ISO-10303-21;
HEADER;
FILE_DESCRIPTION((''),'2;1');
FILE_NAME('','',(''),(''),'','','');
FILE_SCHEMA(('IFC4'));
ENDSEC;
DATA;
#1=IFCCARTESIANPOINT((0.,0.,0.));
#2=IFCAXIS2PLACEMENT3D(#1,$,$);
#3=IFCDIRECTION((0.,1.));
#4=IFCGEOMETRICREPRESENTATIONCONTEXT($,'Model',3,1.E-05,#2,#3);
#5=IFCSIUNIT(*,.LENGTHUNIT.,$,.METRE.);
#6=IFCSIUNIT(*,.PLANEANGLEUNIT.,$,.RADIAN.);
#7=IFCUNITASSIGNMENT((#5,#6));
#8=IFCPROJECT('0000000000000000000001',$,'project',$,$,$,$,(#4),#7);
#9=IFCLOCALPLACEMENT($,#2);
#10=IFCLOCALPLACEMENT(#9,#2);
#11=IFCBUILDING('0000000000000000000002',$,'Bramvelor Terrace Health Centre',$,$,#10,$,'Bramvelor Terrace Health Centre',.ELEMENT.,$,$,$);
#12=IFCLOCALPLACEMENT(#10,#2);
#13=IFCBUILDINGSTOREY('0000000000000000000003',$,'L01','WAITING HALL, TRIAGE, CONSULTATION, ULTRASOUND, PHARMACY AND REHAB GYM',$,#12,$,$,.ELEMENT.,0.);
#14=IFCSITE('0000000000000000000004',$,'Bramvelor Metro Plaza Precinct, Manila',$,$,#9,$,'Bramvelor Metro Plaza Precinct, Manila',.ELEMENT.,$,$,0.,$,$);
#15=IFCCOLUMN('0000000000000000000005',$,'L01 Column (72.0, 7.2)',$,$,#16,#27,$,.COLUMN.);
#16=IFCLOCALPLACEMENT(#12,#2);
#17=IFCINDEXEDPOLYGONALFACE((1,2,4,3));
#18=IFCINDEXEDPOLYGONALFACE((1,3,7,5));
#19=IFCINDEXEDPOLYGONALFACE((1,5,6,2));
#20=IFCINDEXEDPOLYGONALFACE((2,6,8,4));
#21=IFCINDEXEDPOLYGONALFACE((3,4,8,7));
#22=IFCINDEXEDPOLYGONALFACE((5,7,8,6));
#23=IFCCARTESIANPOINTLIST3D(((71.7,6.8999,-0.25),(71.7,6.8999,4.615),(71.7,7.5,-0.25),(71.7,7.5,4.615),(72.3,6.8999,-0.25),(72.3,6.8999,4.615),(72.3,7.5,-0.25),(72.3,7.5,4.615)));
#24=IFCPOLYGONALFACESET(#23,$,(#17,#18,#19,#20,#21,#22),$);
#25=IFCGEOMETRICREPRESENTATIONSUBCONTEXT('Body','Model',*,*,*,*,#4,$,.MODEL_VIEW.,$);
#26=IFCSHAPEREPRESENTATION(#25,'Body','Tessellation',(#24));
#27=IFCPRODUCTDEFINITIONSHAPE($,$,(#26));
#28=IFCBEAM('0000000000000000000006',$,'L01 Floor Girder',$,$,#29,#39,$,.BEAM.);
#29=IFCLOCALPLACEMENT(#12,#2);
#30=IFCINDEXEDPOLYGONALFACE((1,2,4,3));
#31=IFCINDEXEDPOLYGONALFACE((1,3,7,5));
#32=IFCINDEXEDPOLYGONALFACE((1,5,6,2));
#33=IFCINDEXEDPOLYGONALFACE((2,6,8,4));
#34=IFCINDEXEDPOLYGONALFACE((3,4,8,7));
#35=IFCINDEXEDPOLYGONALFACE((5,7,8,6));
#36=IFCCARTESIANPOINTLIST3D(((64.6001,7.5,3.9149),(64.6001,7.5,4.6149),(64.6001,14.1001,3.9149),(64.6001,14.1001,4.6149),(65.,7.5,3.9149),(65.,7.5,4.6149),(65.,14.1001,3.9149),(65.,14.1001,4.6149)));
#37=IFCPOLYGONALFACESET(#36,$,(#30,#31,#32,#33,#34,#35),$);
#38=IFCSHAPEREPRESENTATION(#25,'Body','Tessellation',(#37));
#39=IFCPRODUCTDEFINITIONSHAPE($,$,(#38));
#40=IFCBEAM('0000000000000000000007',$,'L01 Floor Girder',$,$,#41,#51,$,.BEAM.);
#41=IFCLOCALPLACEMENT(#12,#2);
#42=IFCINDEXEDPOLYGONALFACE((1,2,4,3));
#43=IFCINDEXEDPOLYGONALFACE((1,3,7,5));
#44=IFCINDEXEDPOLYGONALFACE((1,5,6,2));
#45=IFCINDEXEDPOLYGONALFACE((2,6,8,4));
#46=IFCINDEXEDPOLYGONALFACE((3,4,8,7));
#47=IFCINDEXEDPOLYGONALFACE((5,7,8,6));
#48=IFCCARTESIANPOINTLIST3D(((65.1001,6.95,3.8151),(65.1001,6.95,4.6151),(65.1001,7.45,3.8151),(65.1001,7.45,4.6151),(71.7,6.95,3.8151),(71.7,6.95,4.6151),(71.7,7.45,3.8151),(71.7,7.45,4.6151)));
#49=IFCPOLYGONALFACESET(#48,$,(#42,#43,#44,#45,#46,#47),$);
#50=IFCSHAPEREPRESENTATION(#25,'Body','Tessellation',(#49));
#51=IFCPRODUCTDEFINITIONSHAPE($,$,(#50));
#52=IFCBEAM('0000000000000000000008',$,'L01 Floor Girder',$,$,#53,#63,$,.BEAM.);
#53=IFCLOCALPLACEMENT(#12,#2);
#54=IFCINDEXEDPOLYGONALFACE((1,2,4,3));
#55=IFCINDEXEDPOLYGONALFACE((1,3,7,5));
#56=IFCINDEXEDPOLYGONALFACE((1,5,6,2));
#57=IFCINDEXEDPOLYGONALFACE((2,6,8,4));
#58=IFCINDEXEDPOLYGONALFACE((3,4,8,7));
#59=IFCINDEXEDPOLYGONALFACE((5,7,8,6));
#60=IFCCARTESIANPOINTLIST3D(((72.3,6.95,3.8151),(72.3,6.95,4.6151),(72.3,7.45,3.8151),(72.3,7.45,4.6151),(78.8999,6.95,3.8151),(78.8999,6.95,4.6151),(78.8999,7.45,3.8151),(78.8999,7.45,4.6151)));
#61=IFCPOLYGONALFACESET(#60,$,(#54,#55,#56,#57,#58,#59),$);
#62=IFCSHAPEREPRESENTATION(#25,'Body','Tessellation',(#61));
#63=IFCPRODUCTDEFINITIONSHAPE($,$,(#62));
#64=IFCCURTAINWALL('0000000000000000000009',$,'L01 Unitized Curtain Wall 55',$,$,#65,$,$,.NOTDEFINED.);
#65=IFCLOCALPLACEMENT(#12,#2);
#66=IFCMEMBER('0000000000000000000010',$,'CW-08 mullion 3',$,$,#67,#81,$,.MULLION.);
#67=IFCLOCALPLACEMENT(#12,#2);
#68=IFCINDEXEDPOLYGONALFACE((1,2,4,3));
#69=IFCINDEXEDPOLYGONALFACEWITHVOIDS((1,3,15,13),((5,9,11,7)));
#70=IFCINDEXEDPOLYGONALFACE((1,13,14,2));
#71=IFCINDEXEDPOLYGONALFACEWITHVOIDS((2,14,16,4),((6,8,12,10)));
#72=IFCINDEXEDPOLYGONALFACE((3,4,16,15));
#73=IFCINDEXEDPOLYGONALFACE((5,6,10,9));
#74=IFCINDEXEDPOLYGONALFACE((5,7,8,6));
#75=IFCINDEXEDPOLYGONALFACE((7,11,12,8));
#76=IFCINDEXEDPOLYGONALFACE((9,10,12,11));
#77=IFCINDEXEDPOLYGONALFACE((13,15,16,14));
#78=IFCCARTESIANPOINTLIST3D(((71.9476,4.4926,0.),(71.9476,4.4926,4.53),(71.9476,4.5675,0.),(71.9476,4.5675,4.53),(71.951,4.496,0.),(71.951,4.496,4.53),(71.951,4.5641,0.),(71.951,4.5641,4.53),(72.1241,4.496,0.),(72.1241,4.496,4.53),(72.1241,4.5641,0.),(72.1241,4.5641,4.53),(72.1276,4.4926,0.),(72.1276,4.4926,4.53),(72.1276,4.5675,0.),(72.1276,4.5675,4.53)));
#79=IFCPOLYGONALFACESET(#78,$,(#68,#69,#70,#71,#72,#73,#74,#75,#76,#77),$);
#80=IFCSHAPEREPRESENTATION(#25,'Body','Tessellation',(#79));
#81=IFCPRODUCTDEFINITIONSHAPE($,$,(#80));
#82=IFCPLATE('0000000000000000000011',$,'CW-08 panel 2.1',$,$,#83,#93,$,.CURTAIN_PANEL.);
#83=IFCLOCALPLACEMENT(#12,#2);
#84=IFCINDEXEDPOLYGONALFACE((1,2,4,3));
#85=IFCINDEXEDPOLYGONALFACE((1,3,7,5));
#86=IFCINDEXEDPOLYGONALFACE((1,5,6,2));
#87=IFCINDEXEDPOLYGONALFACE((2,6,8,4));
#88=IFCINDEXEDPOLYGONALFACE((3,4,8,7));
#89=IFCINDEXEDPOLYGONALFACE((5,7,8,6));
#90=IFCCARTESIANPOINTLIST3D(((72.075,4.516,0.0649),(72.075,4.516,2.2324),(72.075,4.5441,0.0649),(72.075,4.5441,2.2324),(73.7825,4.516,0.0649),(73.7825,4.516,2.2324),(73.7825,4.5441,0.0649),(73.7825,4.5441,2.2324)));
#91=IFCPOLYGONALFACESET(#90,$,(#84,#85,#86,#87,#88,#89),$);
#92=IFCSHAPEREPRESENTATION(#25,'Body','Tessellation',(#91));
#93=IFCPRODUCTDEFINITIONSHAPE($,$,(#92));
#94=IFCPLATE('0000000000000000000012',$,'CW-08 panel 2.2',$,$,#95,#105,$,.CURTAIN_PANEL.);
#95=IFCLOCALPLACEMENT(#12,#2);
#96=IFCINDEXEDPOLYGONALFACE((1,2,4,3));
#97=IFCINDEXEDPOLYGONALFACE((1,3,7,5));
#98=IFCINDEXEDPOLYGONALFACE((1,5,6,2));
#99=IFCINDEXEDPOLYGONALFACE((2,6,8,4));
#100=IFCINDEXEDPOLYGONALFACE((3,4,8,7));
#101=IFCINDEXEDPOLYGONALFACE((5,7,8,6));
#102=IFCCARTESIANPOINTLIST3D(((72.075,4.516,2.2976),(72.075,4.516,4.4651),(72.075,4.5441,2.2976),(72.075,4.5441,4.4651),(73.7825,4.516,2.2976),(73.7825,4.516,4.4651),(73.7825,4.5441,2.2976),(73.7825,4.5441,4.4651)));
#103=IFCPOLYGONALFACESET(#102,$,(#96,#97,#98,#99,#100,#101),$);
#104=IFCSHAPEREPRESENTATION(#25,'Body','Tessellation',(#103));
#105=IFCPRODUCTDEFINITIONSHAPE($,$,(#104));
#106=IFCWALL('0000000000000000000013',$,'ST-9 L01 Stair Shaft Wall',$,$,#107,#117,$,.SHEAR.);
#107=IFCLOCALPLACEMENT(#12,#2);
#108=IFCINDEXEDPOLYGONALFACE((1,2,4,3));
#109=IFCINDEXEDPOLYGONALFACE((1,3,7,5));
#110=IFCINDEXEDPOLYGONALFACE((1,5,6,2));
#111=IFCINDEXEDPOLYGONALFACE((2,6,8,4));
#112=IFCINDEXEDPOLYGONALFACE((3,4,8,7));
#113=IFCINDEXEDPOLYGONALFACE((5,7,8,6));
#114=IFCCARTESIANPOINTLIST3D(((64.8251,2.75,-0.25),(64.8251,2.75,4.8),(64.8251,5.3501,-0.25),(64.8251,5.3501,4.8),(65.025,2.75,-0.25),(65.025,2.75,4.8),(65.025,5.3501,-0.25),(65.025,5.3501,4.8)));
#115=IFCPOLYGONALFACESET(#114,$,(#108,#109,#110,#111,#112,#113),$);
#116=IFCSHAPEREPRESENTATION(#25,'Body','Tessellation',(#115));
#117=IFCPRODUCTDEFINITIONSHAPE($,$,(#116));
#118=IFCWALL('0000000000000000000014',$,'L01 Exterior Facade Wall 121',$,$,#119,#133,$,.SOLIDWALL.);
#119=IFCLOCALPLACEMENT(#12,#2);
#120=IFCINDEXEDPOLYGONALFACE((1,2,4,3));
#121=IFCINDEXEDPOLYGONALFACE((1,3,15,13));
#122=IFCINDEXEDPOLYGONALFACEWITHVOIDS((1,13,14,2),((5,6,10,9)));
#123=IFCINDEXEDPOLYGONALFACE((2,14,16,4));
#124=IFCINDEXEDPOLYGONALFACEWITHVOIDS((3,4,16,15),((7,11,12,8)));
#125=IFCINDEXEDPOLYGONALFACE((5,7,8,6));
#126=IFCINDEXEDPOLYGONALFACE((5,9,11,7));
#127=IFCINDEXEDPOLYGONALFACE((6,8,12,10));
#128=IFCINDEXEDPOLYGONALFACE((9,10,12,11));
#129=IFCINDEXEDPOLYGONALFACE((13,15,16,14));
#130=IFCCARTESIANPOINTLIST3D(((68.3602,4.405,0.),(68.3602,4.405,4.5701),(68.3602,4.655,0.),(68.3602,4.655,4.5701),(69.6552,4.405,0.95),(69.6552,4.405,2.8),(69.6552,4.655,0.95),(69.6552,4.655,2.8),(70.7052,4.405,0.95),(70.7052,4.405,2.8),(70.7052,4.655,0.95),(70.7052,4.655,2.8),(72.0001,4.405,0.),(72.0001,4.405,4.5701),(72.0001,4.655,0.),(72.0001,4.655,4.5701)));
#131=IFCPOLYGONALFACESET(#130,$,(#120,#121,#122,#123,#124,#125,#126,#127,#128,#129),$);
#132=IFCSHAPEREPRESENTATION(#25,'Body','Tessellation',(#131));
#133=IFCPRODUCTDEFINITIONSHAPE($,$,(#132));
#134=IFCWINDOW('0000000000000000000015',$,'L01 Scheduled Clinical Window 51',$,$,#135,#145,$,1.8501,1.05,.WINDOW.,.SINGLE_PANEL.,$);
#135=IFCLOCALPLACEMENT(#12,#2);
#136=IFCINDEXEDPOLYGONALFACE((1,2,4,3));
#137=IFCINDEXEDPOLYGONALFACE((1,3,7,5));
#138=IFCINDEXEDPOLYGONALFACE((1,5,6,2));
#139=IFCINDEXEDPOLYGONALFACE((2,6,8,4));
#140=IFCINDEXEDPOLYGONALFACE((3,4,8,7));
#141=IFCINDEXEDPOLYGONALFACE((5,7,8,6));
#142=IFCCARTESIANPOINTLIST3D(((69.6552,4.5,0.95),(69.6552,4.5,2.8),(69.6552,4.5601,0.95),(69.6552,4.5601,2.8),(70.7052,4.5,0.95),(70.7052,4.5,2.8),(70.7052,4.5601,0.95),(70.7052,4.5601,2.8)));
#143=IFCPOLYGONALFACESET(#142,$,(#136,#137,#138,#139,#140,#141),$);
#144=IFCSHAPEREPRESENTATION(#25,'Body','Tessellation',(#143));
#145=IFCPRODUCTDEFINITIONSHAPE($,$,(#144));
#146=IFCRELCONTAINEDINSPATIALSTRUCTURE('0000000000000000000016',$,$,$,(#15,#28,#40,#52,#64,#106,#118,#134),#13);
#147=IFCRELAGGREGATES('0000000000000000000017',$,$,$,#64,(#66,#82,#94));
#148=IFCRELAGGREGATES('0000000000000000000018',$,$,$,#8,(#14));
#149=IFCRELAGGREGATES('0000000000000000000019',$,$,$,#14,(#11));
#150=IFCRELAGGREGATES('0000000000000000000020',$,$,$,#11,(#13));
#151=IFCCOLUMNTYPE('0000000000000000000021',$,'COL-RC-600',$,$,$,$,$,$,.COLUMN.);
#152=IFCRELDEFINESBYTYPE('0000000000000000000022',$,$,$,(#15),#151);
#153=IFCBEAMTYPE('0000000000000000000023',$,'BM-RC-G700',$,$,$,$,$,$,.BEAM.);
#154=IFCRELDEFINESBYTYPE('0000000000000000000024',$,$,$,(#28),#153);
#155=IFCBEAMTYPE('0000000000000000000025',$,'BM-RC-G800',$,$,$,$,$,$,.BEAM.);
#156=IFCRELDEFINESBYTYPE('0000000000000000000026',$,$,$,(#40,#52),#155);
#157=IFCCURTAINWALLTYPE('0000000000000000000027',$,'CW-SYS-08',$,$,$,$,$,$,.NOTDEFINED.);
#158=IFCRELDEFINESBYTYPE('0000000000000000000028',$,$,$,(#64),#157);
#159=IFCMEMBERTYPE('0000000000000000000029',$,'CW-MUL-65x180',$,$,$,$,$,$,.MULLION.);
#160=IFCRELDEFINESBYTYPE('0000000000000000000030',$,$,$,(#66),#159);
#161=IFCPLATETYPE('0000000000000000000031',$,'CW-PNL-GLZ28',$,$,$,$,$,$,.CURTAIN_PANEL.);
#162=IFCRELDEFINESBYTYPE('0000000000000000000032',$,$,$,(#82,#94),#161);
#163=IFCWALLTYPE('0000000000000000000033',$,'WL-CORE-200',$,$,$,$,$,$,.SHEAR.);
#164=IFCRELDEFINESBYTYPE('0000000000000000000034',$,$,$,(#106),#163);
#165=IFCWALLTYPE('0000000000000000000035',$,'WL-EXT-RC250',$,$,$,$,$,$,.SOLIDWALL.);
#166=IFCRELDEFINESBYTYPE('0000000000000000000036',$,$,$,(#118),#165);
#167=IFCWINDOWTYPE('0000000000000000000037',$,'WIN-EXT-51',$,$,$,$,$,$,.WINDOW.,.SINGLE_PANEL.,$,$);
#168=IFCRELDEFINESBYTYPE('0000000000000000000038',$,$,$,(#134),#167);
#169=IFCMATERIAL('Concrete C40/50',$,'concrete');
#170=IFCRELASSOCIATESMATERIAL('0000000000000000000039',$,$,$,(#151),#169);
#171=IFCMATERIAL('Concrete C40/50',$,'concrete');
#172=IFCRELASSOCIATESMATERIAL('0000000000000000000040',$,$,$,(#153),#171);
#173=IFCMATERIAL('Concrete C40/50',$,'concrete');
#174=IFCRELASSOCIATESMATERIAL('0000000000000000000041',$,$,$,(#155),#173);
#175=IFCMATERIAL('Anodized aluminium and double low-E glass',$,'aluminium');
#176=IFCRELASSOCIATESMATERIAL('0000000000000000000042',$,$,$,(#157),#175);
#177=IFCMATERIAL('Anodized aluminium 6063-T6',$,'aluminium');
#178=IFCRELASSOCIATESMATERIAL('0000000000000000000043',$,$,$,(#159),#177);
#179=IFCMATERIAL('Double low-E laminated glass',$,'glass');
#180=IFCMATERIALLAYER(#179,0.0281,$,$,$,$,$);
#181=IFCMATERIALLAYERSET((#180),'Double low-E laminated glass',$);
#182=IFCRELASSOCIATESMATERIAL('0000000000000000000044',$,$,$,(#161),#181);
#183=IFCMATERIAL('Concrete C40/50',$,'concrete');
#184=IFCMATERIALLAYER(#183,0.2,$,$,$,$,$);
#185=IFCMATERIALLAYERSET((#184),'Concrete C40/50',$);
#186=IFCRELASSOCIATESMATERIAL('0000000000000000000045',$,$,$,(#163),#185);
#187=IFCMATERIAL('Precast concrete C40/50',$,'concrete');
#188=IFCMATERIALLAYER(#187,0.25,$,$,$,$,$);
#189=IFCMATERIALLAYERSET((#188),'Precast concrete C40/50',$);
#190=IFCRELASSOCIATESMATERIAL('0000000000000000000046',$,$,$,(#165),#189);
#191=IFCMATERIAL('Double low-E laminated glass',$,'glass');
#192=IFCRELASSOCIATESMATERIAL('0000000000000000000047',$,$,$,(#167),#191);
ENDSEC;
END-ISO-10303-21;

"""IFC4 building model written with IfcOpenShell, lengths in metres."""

from ifc_helpers import new_model, si_unit, direction, frame, frame_2d, origin, origin_2d, place, context, subcontext, project, spatial, rectangle, hollow_rectangle, extrude, material, layer, layer_set, material_profile, profile_set, type_object, element, fill, aggregate, save


model = new_model("IFC4")

# Units and contexts
model_context = context("Model", 3, precision=1e-05, world=origin(), true_north=direction((0.0, 1.0)))
body_context = subcontext(model_context, "Body", "Model", "MODEL_VIEW")
ifc_project = project(units=[si_unit("LENGTHUNIT", "METRE"), si_unit("PLANEANGLEUNIT", "RADIAN")], contexts=[model_context])

# Site, building, storey
site_placement = place(None, origin())
site = spatial("IfcSite", under=ifc_project, at=site_placement, Name="Bramvelor Metro Plaza Precinct, Manila", LongName="Bramvelor Metro Plaza Precinct, Manila", CompositionType="ELEMENT", RefElevation=0.0)
building_placement = place(site_placement, origin())
building = spatial("IfcBuilding", under=site, at=building_placement, Name="Bramvelor Terrace Health Centre", LongName="Bramvelor Terrace Health Centre", CompositionType="ELEMENT")
storey_placement = place(building_placement, origin())
storey = spatial("IfcBuildingStorey", under=building, at=storey_placement, Name="L01", Description="WAITING HALL, TRIAGE, CONSULTATION, ULTRASOUND, PHARMACY AND REHAB GYM", CompositionType="ELEMENT", Elevation=0.0)

# Column
ifc_material_1 = material(Name="Concrete C40/50", Category="concrete")
ifc_material_profile_1 = material_profile(ifc_material_1, rectangle(XDim=0.6001, YDim=0.6001, at=origin_2d()), Name="RC 600x600")
ifc_profile_set_1 = profile_set([ifc_material_profile_1], Name="Concrete C40/50")
column_type = type_object("IfcColumnType", Name="COL-RC-600", PredefinedType="COLUMN", material=ifc_profile_set_1)
for number, where, z_axis, x_axis, name in (
    (1, (72.0, 7.2, -0.25), (0.0, 0.0, 1.0), (1.0, 0.0, 0.0), "L01 Column (72.0, 7.2)"),
):
    element("IfcColumn", number, at=place(storey_placement, frame(where, z_axis=z_axis, x_axis=x_axis)), inside=storey, type_object=column_type, Name=name, PredefinedType="COLUMN", context=body_context, shape_type="SweptSolid", body=[
        extrude(rectangle(XDim=0.6001, YDim=0.6001, at=origin_2d()), origin(), (0.0, 0.0, 1.0), 4.865),
    ])

# Beams
ifc_material_2 = material(Name="Concrete C40/50", Category="concrete")
ifc_material_profile_2 = material_profile(ifc_material_2, rectangle(XDim=0.3999, YDim=0.7, at=origin_2d()), Name="RC 400x700")
ifc_profile_set_2 = profile_set([ifc_material_profile_2], Name="Concrete C40/50")
beam_type_1 = type_object("IfcBeamType", Name="BM-RC-G700", PredefinedType="BEAM", material=ifc_profile_set_2)
beam_placement = place(storey_placement, frame((64.8, 7.5, 4.2649), z_axis=(0.0, 1.0, 0.0), x_axis=(-1.0, 0.0, 0.0)))
element("IfcBeam", 2, at=beam_placement, inside=storey, type_object=beam_type_1, Name="L01 Floor Girder", PredefinedType="BEAM", context=body_context, shape_type="SweptSolid", body=[
    extrude(rectangle(XDim=0.3999, YDim=0.7, at=origin_2d()), origin(), (0.0, 0.0, 1.0), 6.6001),
])
ifc_material_3 = material(Name="Concrete C40/50", Category="concrete")
ifc_material_profile_3 = material_profile(ifc_material_3, rectangle(XDim=0.5, YDim=0.8, at=origin_2d()), Name="RC 500x800")
ifc_profile_set_3 = profile_set([ifc_material_profile_3], Name="Concrete C40/50")
beam_type_2 = type_object("IfcBeamType", Name="BM-RC-G800", PredefinedType="BEAM", material=ifc_profile_set_3)
for number, where, z_axis, x_axis, name in (
    (3, (65.1001, 7.2, 4.2151), (1.0, 0.0, 0.0), (0.0, 1.0, 0.0), "L01 Floor Girder"),
    (4, (72.3, 7.2, 4.2151), (1.0, 0.0, 0.0), (0.0, 1.0, 0.0), "L01 Floor Girder"),
):
    element("IfcBeam", number, at=place(storey_placement, frame(where, z_axis=z_axis, x_axis=x_axis)), inside=storey, type_object=beam_type_2, Name=name, PredefinedType="BEAM", context=body_context, shape_type="SweptSolid", body=[
        extrude(rectangle(XDim=0.5, YDim=0.8, at=origin_2d()), origin(), (0.0, 0.0, 1.0), 6.5999),
    ])

# Curtain wall, member, plates
ifc_material_4 = material(Name="Anodized aluminium and double low-E glass", Category="aluminium")
curtain_wall_type = type_object("IfcCurtainWallType", Name="CW-SYS-08", PredefinedType="NOTDEFINED", material=ifc_material_4)
curtain_wall_placement = place(storey_placement, origin())
curtain_wall = element("IfcCurtainWall", 5, at=curtain_wall_placement, inside=storey, type_object=curtain_wall_type, Name="L01 Unitized Curtain Wall 55", PredefinedType="NOTDEFINED")
ifc_material_5 = material(Name="Anodized aluminium 6063-T6", Category="aluminium")
ifc_material_profile_4 = material_profile(ifc_material_5, hollow_rectangle(XDim=0.075, YDim=0.1799, WallThickness=0.0034, at=origin_2d()), Name="ALU-MUL 75x180x3.5")
ifc_profile_set_4 = profile_set([ifc_material_profile_4], Name="Anodized aluminium 6063-T6")
member_type = type_object("IfcMemberType", Name="CW-MUL-65x180", PredefinedType="MULLION", material=ifc_profile_set_4)
member_placement = place(storey_placement, frame((72.0376, 4.53, 0.0), z_axis=(0.0, 0.0, 1.0), x_axis=(0.0, -1.0, 0.0)))
member = element("IfcMember", 6, at=member_placement, type_object=member_type, Name="CW-08 mullion 3", PredefinedType="MULLION", context=body_context, shape_type="SweptSolid", body=[
    extrude(hollow_rectangle(XDim=0.075, YDim=0.1799, WallThickness=0.0034, at=origin_2d()), origin(), (0.0, 0.0, 1.0), 4.53),
])
ifc_material_6 = material(Name="Double low-E laminated glass", Category="glass")
ifc_layer_1 = layer(ifc_material_6, 0.0281)
ifc_layer_set_1 = layer_set([ifc_layer_1], Name="Double low-E laminated glass")
plate_type = type_object("IfcPlateType", Name="CW-PNL-GLZ28", PredefinedType="CURTAIN_PANEL", material=ifc_layer_set_1)
plate_1_placement = place(storey_placement, frame((72.9287, 4.53, 0.0649), z_axis=(0.0, 0.0, 1.0), x_axis=(-1.0, 0.0, 0.0)))
plate_1 = element("IfcPlate", 7, at=plate_1_placement, type_object=plate_type, Name="CW-08 panel 2.1", PredefinedType="CURTAIN_PANEL", context=body_context, shape_type="SweptSolid", body=[
    extrude(rectangle(XDim=1.7075, YDim=0.0281, at=origin_2d()), origin(), (0.0, 0.0, 1.0), 2.1675),
])
plate_2_placement = place(storey_placement, frame((72.9287, 4.53, 2.2976), z_axis=(0.0, 0.0, 1.0), x_axis=(-1.0, 0.0, 0.0)))
plate_2 = element("IfcPlate", 8, at=plate_2_placement, type_object=plate_type, Name="CW-08 panel 2.2", PredefinedType="CURTAIN_PANEL", context=body_context, shape_type="SweptSolid", body=[
    extrude(rectangle(XDim=1.7075, YDim=0.0281, at=origin_2d()), origin(), (0.0, 0.0, 1.0), 2.1675),
])
aggregate(curtain_wall, [member, plate_1, plate_2])

# Wall
ifc_material_7 = material(Name="Concrete C40/50", Category="concrete")
ifc_layer_2 = layer(ifc_material_7, 0.2)
ifc_layer_set_2 = layer_set([ifc_layer_2], Name="Concrete C40/50")
wall_type_1 = type_object("IfcWallType", Name="WL-CORE-200", PredefinedType="SHEAR", material=ifc_layer_set_2)
wall_1_placement = place(storey_placement, frame((64.925, 2.75, -0.25), z_axis=(0.0, 0.0, 1.0), x_axis=(0.0, 1.0, 0.0)))
element("IfcWall", 9, at=wall_1_placement, inside=storey, type_object=wall_type_1, Name="ST-9 L01 Stair Shaft Wall", PredefinedType="SHEAR", context=body_context, shape_type="SweptSolid", body=[
    extrude(rectangle(XDim=2.6001, YDim=0.2, at=frame_2d((1.3, 0.0))), origin(), (0.0, 0.0, 1.0), 5.05),
])

# Wall, opening, window
ifc_material_8 = material(Name="Precast concrete C40/50", Category="concrete")
ifc_layer_3 = layer(ifc_material_8, 0.25)
ifc_layer_set_3 = layer_set([ifc_layer_3], Name="Precast concrete C40/50")
wall_type_2 = type_object("IfcWallType", Name="WL-EXT-RC250", PredefinedType="SOLIDWALL", material=ifc_layer_set_3)
wall_2_placement = place(storey_placement, frame((72.0, 4.53, 0.0), z_axis=(0.0, 0.0, 1.0), x_axis=(-1.0, 0.0, 0.0)))
wall_2 = element("IfcWall", 10, at=wall_2_placement, inside=storey, type_object=wall_type_2, Name="L01 Exterior Facade Wall 121", PredefinedType="SOLIDWALL", context=body_context, shape_type="SweptSolid", body=[
    extrude(rectangle(XDim=3.6399, YDim=0.25, at=frame_2d((1.8198, 0.0))), origin(), (0.0, 0.0, 1.0), 4.5701),
])
opening_1_placement = place(wall_2_placement, frame((1.2949, 0.0, 0.95)))
opening_1 = element("IfcOpeningElement", 11, at=opening_1_placement, cuts=wall_2, PredefinedType="OPENING", context=body_context, shape_type="SweptSolid", body=[
    extrude(rectangle(XDim=1.05, YDim=1.8501, at=frame_2d((0.5249, 0.925))), frame((0.0, 0.135, 0.0), z_axis=(0.0, -1.0, 0.0), x_axis=(1.0, 0.0, 0.0)), (0.0, 0.0, 1.0), 0.27),
])
ifc_material_9 = material(Name="Double low-E laminated glass", Category="glass")
window_type_1 = type_object("IfcWindowType", Name="WIN-EXT-51", PartitioningType="SINGLE_PANEL", PredefinedType="WINDOW", material=ifc_material_9)
window_1_placement = place(opening_1_placement, origin())
window_1 = element("IfcWindow", 12, at=window_1_placement, inside=storey, type_object=window_type_1, Name="L01 Scheduled Clinical Window 51", OverallHeight=1.8501, OverallWidth=1.05, PartitioningType="SINGLE_PANEL", PredefinedType="WINDOW", context=body_context, shape_type="SweptSolid", body=[
    extrude(rectangle(XDim=1.05, YDim=1.8501, at=frame_2d((0.5249, 0.925))), frame((0.0, 0.03, 0.0), z_axis=(0.0, -1.0, 0.0), x_axis=(1.0, 0.0, 0.0)), (0.0, 0.0, 1.0), 0.0601),
])
fill(opening_1, window_1)

save(model, "model.ifc")
